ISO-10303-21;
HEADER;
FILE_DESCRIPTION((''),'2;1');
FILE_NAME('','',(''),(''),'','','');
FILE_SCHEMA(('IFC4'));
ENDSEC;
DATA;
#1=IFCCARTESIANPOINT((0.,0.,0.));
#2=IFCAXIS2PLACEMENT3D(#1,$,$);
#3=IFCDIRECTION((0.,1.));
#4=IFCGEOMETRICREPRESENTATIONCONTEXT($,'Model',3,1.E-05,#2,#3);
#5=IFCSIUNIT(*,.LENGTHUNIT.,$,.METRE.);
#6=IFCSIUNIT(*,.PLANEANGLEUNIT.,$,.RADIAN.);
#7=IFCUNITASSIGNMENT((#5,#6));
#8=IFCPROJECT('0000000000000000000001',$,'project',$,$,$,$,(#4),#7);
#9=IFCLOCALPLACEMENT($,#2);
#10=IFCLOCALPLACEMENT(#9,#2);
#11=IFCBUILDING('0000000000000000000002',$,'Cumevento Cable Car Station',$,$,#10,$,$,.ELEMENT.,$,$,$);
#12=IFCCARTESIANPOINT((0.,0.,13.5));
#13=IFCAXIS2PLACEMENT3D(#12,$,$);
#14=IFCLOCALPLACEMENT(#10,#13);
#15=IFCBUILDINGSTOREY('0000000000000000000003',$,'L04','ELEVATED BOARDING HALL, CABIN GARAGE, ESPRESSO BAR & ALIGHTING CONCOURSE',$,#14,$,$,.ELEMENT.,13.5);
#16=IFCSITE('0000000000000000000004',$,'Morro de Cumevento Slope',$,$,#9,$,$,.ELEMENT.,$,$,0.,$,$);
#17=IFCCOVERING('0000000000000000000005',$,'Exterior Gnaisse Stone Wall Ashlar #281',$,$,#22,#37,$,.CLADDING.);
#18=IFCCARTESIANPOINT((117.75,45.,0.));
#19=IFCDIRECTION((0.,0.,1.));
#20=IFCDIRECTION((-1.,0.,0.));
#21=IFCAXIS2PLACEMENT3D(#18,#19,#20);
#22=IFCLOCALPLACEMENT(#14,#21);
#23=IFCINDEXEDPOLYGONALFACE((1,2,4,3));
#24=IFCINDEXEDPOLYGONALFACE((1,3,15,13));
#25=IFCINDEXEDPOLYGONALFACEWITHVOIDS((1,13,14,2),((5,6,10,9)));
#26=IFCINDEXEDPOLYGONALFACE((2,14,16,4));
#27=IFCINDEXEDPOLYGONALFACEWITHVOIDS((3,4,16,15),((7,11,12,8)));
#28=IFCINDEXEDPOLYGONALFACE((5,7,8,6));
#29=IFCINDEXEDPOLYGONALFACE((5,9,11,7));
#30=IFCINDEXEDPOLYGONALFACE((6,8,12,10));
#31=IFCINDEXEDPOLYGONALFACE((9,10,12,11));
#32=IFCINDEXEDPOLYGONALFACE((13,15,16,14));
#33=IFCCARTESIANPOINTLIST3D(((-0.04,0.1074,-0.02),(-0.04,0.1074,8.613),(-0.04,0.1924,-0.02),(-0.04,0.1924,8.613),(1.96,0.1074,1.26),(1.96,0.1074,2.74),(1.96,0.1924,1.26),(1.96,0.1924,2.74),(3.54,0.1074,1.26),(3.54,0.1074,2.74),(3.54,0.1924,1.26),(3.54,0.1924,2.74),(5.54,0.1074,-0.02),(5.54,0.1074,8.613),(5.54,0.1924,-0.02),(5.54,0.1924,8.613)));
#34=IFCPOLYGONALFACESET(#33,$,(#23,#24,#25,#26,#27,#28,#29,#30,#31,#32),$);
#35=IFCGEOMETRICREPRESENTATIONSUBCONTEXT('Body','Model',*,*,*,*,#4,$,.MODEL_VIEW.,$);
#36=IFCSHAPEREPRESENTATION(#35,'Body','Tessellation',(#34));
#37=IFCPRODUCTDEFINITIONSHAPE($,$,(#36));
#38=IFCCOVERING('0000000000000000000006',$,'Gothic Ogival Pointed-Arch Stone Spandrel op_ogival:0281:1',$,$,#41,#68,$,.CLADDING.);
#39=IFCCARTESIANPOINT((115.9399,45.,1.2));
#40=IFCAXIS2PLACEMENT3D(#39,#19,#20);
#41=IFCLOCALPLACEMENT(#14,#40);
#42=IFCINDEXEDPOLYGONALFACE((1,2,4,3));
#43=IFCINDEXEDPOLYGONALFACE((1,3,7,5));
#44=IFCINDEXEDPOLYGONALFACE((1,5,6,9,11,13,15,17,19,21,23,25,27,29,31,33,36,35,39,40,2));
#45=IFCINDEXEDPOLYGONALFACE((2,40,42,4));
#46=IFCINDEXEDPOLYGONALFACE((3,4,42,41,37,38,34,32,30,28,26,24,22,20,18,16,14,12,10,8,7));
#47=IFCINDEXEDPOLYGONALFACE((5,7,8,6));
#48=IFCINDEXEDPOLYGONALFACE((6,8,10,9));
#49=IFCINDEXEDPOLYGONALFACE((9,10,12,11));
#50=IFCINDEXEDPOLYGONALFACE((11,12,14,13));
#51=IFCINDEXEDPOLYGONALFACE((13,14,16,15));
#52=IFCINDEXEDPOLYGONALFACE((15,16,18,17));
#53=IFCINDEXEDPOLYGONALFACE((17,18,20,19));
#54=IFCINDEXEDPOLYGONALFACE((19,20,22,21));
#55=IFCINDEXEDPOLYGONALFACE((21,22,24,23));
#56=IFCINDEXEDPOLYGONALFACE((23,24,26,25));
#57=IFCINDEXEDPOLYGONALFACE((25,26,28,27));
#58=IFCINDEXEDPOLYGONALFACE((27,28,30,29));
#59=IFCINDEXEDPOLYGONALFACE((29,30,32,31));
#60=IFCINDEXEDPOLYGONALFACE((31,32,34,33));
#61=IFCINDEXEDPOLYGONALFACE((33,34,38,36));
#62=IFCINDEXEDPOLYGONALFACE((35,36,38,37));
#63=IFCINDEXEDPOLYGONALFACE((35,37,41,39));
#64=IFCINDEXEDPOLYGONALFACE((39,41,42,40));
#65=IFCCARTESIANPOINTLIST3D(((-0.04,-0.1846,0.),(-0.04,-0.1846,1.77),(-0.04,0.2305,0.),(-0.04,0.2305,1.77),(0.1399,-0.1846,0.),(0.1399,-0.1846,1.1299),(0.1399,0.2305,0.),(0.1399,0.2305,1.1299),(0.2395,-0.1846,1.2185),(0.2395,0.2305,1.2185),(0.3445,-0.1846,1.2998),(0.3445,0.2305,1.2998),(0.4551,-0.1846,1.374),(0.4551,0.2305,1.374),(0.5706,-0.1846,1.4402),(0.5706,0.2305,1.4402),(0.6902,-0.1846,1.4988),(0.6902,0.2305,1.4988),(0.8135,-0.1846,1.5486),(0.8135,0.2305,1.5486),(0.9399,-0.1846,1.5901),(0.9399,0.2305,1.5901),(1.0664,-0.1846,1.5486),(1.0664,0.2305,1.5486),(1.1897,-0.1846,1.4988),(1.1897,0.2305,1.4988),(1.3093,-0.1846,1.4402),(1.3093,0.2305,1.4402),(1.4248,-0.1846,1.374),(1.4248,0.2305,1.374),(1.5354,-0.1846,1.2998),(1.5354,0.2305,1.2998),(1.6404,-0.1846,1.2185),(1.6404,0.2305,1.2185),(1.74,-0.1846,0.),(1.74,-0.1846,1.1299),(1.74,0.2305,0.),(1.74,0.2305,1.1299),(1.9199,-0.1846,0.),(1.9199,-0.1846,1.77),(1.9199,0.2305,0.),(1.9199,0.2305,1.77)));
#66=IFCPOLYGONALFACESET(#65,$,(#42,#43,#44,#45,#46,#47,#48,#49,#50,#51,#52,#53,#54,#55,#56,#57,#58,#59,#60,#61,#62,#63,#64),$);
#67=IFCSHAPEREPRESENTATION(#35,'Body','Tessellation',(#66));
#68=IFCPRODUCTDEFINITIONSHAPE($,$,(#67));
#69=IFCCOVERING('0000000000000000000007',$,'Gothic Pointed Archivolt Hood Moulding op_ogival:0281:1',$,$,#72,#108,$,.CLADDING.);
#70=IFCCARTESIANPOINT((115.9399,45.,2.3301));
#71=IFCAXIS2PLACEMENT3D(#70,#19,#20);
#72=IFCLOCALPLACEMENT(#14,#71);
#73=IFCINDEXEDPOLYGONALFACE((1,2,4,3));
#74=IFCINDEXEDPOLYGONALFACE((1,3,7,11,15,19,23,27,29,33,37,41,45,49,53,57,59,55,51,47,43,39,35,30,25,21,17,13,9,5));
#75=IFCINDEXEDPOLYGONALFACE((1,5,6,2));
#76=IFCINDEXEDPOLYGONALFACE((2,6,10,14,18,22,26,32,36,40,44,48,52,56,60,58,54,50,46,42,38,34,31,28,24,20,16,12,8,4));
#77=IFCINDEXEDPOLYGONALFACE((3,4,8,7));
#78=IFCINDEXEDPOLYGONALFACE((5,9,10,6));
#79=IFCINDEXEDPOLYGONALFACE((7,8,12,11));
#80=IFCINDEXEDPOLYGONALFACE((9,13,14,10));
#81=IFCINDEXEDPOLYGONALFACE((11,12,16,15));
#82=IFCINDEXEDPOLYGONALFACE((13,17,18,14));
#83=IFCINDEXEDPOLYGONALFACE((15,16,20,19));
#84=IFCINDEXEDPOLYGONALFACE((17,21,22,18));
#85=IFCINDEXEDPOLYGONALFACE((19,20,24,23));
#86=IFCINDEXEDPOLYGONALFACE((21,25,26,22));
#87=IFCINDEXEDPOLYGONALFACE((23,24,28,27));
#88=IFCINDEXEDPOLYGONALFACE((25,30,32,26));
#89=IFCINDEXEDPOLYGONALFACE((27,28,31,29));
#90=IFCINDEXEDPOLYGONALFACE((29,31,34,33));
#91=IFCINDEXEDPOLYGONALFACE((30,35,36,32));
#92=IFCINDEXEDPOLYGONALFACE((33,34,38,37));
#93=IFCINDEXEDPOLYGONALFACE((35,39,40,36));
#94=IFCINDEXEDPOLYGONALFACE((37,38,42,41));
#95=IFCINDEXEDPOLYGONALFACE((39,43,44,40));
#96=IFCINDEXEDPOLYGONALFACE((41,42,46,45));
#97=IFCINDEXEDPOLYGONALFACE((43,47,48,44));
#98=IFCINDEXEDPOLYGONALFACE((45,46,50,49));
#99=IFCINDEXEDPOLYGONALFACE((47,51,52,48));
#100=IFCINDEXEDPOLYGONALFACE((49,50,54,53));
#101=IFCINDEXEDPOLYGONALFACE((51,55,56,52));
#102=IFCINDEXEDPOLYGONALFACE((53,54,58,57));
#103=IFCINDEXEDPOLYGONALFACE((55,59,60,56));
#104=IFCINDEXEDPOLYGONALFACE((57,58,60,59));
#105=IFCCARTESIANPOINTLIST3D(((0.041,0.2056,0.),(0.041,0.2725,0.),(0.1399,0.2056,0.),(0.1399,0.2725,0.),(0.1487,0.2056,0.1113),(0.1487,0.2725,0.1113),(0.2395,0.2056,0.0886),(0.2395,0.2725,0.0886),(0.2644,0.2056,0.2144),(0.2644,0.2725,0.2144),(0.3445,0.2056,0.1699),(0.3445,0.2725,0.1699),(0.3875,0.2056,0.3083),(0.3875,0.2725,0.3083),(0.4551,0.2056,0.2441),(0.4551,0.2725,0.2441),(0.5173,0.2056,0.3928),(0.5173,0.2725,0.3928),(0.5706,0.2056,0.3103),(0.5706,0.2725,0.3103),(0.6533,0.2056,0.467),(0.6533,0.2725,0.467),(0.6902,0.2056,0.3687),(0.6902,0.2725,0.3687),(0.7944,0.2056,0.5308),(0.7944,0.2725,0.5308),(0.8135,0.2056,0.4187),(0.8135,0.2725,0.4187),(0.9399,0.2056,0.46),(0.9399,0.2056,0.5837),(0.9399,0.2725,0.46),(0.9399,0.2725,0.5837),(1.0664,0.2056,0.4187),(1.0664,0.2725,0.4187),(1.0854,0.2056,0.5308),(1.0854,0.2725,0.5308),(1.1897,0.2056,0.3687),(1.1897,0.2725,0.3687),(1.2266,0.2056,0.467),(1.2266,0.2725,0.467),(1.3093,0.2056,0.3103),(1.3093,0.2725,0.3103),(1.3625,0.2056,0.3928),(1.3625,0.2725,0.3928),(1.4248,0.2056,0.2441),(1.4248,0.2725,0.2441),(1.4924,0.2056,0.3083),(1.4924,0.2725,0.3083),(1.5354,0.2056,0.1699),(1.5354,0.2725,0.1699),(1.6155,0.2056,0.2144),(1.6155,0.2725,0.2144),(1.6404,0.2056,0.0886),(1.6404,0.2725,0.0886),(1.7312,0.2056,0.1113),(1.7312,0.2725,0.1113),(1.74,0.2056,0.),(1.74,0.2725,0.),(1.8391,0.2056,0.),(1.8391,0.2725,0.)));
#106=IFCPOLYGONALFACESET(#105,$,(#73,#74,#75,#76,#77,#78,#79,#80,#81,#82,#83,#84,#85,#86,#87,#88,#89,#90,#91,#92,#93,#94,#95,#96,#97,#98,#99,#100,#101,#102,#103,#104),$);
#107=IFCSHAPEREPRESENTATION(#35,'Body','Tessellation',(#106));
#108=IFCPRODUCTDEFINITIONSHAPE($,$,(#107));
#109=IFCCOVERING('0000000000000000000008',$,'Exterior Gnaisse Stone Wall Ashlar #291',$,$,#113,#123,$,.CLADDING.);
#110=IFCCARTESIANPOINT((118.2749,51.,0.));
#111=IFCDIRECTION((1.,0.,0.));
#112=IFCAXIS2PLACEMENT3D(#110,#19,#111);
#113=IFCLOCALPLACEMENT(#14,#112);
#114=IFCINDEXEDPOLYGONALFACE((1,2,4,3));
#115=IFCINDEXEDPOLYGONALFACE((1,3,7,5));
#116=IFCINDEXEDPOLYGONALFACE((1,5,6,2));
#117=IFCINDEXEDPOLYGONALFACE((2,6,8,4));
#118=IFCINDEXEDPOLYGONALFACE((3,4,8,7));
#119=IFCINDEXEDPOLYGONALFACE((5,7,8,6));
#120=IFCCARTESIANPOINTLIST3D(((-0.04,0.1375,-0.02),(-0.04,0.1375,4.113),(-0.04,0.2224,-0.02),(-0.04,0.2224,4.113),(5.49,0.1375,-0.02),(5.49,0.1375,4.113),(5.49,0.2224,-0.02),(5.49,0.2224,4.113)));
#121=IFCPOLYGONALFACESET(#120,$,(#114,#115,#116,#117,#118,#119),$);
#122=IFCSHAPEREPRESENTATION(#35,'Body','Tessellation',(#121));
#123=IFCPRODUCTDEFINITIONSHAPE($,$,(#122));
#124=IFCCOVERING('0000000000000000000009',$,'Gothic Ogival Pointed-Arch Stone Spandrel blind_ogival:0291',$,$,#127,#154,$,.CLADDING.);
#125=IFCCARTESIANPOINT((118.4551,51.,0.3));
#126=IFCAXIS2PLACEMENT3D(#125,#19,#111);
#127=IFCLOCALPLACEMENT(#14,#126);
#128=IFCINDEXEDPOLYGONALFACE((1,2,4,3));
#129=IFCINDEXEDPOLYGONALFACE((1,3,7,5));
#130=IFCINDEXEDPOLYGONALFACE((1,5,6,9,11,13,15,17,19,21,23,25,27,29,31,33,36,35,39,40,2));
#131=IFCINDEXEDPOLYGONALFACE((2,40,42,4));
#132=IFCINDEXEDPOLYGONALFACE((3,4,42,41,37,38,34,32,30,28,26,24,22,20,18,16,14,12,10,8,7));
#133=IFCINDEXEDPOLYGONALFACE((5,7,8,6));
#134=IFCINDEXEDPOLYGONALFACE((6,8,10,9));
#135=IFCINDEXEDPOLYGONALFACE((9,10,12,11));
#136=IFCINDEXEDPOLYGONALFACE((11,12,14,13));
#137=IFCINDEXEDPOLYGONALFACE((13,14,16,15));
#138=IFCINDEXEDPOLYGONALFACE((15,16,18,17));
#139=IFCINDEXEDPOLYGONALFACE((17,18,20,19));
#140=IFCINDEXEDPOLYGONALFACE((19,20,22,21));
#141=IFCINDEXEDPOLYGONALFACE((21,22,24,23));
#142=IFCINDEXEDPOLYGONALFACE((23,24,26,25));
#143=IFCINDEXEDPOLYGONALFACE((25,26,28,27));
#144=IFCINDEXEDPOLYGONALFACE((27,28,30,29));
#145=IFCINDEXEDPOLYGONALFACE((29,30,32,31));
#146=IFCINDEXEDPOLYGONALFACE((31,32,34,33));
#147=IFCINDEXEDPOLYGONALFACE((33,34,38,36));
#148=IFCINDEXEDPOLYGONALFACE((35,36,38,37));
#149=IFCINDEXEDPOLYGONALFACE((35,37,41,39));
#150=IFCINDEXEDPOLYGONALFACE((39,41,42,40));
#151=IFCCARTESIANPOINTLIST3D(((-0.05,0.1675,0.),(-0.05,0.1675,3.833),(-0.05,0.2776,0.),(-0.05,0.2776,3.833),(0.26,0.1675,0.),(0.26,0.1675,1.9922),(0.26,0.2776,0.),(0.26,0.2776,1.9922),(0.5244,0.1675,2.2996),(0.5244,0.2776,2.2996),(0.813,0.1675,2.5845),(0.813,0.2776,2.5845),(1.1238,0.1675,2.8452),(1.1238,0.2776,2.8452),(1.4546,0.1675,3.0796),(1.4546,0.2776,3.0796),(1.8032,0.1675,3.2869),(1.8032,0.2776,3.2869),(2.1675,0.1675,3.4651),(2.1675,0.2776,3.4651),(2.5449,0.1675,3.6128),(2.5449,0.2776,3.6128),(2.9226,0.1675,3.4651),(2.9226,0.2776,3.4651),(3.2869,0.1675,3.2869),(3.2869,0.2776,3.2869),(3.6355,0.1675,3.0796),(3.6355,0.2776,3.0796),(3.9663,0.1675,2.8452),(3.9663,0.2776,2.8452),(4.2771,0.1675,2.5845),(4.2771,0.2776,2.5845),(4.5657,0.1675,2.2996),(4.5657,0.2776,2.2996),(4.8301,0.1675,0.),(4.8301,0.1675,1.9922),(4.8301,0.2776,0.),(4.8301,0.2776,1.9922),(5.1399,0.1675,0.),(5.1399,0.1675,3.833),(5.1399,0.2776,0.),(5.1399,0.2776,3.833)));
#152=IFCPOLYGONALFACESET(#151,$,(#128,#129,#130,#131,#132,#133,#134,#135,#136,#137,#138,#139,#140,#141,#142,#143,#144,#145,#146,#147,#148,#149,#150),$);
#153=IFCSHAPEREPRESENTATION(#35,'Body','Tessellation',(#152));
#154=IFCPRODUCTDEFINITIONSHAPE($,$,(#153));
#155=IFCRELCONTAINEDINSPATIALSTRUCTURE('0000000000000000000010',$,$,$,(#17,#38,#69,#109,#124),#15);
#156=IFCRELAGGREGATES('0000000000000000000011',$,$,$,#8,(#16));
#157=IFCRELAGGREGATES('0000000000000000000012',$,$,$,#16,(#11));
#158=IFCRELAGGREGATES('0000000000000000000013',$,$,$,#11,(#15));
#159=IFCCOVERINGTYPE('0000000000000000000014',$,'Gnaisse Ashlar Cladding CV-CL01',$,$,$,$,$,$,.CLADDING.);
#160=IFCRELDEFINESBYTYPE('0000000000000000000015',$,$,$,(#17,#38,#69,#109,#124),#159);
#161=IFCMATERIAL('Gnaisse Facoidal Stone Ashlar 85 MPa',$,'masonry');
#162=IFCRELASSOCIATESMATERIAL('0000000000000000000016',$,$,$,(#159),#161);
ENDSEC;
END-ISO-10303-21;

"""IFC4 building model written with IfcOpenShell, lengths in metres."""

from ifc_helpers import new_model, si_unit, direction, frame, origin, place, context, subcontext, project, spatial, polyline, outline, extrude, material, type_object, element, save


model = new_model("IFC4")

# Units and contexts
model_context = context("Model", 3, precision=1e-05, world=origin(), true_north=direction((0.0, 1.0)))
body_context = subcontext(model_context, "Body", "Model", "MODEL_VIEW")
ifc_project = project(units=[si_unit("LENGTHUNIT", "METRE"), si_unit("PLANEANGLEUNIT", "RADIAN")], contexts=[model_context])

# Site, building, storey
site_placement = place(None, origin())
site = spatial("IfcSite", under=ifc_project, at=site_placement, Name="Morro de Cumevento Slope", CompositionType="ELEMENT", RefElevation=0.0)
building_placement = place(site_placement, origin())
building = spatial("IfcBuilding", under=site, at=building_placement, Name="Cumevento Cable Car Station", CompositionType="ELEMENT")
storey_placement = place(building_placement, frame((0.0, 0.0, 13.5)))
storey = spatial("IfcBuildingStorey", under=building, at=storey_placement, Name="L04", Description="ELEVATED BOARDING HALL, CABIN GARAGE, ESPRESSO BAR & ALIGHTING CONCOURSE", CompositionType="ELEMENT", Elevation=13.5)

# Coverings
ifc_material_1 = material(Name="Gnaisse Facoidal Stone Ashlar 85 MPa", Category="masonry")
covering_type = type_object("IfcCoveringType", Name="Gnaisse Ashlar Cladding CV-CL01", PredefinedType="CLADDING", material=ifc_material_1)
covering_1_placement = place(storey_placement, frame((117.75, 45.0, 0.0), z_axis=(0.0, 0.0, 1.0), x_axis=(-1.0, 0.0, 0.0)))
element("IfcCovering", 1, at=covering_1_placement, inside=storey, type_object=covering_type, Name="Exterior Gnaisse Stone Wall Ashlar #281", PredefinedType="CLADDING", context=body_context, shape_type="SweptSolid", body=[
    extrude(outline(polyline([(-0.04, -0.02), (5.54, -0.02), (5.54, 8.613), (-0.04, 8.613), (-0.04, -0.02)]), holes=[polyline([(1.96, 1.26), (3.54, 1.26), (3.54, 2.74), (1.96, 2.74), (1.96, 1.26)])]), frame((0.0, 0.1924, 0.0), z_axis=(0.0, -1.0, 0.0), x_axis=(1.0, 0.0, 0.0)), (0.0, 0.0, 1.0), 0.085),
])
covering_2_placement = place(storey_placement, frame((115.9399, 45.0, 1.2), z_axis=(0.0, 0.0, 1.0), x_axis=(-1.0, 0.0, 0.0)))
element("IfcCovering", 2, at=covering_2_placement, inside=storey, type_object=covering_type, Name="Gothic Ogival Pointed-Arch Stone Spandrel op_ogival:0281:1", PredefinedType="CLADDING", context=body_context, shape_type="SweptSolid", body=[
    extrude(outline(polyline([(-0.04, 0.0), (-0.04, 1.77), (1.9199, 1.77), (1.9199, 0.0), (1.74, 0.0), (1.74, 1.1299), (1.6404, 1.2185), (1.5354, 1.2998), (1.4248, 1.374), (1.3093, 1.4402), (1.1897, 1.4988), (1.0664, 1.5486), (0.9399, 1.5901), (0.8135, 1.5486), (0.6902, 1.4988), (0.5706, 1.4402), (0.4551, 1.374), (0.3445, 1.2998), (0.2395, 1.2185), (0.1399, 1.1299), (0.1399, 0.0), (-0.04, 0.0)])), frame((0.0, 0.2305, 0.0), z_axis=(0.0, -1.0, 0.0), x_axis=(1.0, 0.0, 0.0)), (0.0, 0.0, 1.0), 0.415),
])
covering_3_placement = place(storey_placement, frame((115.9399, 45.0, 2.3301), z_axis=(0.0, 0.0, 1.0), x_axis=(-1.0, 0.0, 0.0)))
element("IfcCovering", 3, at=covering_3_placement, inside=storey, type_object=covering_type, Name="Gothic Pointed Archivolt Hood Moulding op_ogival:0281:1", PredefinedType="CLADDING", context=body_context, shape_type="SweptSolid", body=[
    extrude(outline(polyline([(0.1399, 0.0), (0.2395, 0.0886), (0.3445, 0.1699), (0.4551, 0.2441), (0.5706, 0.3103), (0.6902, 0.3687), (0.8135, 0.4187), (0.9399, 0.46), (1.0664, 0.4187), (1.1897, 0.3687), (1.3093, 0.3103), (1.4248, 0.2441), (1.5354, 0.1699), (1.6404, 0.0886), (1.74, 0.0), (1.8391, 0.0), (1.7312, 0.1113), (1.6155, 0.2144), (1.4924, 0.3083), (1.3625, 0.3928), (1.2266, 0.467), (1.0854, 0.5308), (0.9399, 0.5837), (0.7944, 0.5308), (0.6533, 0.467), (0.5173, 0.3928), (0.3875, 0.3083), (0.2644, 0.2144), (0.1487, 0.1113), (0.041, 0.0), (0.1399, 0.0)])), frame((0.0, 0.2725, 0.0), z_axis=(0.0, -1.0, 0.0), x_axis=(1.0, 0.0, 0.0)), (0.0, 0.0, 1.0), 0.0669),
])
covering_4_placement = place(storey_placement, frame((118.2749, 51.0, 0.0), z_axis=(0.0, 0.0, 1.0), x_axis=(1.0, 0.0, 0.0)))
element("IfcCovering", 4, at=covering_4_placement, inside=storey, type_object=covering_type, Name="Exterior Gnaisse Stone Wall Ashlar #291", PredefinedType="CLADDING", context=body_context, shape_type="SweptSolid", body=[
    extrude(outline(polyline([(-0.04, -0.02), (5.49, -0.02), (5.49, 4.113), (-0.04, 4.113), (-0.04, -0.02)])), frame((0.0, 0.2224, 0.0), z_axis=(0.0, -1.0, 0.0), x_axis=(1.0, 0.0, 0.0)), (0.0, 0.0, 1.0), 0.085),
])
placement = place(storey_placement, frame((118.4551, 51.0, 0.3), z_axis=(0.0, 0.0, 1.0), x_axis=(1.0, 0.0, 0.0)))
element("IfcCovering", 5, at=placement, inside=storey, type_object=covering_type, Name="Gothic Ogival Pointed-Arch Stone Spandrel blind_ogival:0291", PredefinedType="CLADDING", context=body_context, shape_type="SweptSolid", body=[
    extrude(outline(polyline([(-0.05, 0.0), (-0.05, 3.833), (5.1399, 3.833), (5.1399, 0.0), (4.8301, 0.0), (4.8301, 1.9922), (4.5657, 2.2996), (4.2771, 2.5845), (3.9663, 2.8452), (3.6355, 3.0796), (3.2869, 3.2869), (2.9226, 3.4651), (2.5449, 3.6128), (2.1675, 3.4651), (1.8032, 3.2869), (1.4546, 3.0796), (1.1238, 2.8452), (0.813, 2.5845), (0.5244, 2.2996), (0.26, 1.9922), (0.26, 0.0), (-0.05, 0.0)])), frame((0.0, 0.2776, 0.0), z_axis=(0.0, -1.0, 0.0), x_axis=(1.0, 0.0, 0.0)), (0.0, 0.0, 1.0), 0.1101),
])

save(model, "model.ifc")
